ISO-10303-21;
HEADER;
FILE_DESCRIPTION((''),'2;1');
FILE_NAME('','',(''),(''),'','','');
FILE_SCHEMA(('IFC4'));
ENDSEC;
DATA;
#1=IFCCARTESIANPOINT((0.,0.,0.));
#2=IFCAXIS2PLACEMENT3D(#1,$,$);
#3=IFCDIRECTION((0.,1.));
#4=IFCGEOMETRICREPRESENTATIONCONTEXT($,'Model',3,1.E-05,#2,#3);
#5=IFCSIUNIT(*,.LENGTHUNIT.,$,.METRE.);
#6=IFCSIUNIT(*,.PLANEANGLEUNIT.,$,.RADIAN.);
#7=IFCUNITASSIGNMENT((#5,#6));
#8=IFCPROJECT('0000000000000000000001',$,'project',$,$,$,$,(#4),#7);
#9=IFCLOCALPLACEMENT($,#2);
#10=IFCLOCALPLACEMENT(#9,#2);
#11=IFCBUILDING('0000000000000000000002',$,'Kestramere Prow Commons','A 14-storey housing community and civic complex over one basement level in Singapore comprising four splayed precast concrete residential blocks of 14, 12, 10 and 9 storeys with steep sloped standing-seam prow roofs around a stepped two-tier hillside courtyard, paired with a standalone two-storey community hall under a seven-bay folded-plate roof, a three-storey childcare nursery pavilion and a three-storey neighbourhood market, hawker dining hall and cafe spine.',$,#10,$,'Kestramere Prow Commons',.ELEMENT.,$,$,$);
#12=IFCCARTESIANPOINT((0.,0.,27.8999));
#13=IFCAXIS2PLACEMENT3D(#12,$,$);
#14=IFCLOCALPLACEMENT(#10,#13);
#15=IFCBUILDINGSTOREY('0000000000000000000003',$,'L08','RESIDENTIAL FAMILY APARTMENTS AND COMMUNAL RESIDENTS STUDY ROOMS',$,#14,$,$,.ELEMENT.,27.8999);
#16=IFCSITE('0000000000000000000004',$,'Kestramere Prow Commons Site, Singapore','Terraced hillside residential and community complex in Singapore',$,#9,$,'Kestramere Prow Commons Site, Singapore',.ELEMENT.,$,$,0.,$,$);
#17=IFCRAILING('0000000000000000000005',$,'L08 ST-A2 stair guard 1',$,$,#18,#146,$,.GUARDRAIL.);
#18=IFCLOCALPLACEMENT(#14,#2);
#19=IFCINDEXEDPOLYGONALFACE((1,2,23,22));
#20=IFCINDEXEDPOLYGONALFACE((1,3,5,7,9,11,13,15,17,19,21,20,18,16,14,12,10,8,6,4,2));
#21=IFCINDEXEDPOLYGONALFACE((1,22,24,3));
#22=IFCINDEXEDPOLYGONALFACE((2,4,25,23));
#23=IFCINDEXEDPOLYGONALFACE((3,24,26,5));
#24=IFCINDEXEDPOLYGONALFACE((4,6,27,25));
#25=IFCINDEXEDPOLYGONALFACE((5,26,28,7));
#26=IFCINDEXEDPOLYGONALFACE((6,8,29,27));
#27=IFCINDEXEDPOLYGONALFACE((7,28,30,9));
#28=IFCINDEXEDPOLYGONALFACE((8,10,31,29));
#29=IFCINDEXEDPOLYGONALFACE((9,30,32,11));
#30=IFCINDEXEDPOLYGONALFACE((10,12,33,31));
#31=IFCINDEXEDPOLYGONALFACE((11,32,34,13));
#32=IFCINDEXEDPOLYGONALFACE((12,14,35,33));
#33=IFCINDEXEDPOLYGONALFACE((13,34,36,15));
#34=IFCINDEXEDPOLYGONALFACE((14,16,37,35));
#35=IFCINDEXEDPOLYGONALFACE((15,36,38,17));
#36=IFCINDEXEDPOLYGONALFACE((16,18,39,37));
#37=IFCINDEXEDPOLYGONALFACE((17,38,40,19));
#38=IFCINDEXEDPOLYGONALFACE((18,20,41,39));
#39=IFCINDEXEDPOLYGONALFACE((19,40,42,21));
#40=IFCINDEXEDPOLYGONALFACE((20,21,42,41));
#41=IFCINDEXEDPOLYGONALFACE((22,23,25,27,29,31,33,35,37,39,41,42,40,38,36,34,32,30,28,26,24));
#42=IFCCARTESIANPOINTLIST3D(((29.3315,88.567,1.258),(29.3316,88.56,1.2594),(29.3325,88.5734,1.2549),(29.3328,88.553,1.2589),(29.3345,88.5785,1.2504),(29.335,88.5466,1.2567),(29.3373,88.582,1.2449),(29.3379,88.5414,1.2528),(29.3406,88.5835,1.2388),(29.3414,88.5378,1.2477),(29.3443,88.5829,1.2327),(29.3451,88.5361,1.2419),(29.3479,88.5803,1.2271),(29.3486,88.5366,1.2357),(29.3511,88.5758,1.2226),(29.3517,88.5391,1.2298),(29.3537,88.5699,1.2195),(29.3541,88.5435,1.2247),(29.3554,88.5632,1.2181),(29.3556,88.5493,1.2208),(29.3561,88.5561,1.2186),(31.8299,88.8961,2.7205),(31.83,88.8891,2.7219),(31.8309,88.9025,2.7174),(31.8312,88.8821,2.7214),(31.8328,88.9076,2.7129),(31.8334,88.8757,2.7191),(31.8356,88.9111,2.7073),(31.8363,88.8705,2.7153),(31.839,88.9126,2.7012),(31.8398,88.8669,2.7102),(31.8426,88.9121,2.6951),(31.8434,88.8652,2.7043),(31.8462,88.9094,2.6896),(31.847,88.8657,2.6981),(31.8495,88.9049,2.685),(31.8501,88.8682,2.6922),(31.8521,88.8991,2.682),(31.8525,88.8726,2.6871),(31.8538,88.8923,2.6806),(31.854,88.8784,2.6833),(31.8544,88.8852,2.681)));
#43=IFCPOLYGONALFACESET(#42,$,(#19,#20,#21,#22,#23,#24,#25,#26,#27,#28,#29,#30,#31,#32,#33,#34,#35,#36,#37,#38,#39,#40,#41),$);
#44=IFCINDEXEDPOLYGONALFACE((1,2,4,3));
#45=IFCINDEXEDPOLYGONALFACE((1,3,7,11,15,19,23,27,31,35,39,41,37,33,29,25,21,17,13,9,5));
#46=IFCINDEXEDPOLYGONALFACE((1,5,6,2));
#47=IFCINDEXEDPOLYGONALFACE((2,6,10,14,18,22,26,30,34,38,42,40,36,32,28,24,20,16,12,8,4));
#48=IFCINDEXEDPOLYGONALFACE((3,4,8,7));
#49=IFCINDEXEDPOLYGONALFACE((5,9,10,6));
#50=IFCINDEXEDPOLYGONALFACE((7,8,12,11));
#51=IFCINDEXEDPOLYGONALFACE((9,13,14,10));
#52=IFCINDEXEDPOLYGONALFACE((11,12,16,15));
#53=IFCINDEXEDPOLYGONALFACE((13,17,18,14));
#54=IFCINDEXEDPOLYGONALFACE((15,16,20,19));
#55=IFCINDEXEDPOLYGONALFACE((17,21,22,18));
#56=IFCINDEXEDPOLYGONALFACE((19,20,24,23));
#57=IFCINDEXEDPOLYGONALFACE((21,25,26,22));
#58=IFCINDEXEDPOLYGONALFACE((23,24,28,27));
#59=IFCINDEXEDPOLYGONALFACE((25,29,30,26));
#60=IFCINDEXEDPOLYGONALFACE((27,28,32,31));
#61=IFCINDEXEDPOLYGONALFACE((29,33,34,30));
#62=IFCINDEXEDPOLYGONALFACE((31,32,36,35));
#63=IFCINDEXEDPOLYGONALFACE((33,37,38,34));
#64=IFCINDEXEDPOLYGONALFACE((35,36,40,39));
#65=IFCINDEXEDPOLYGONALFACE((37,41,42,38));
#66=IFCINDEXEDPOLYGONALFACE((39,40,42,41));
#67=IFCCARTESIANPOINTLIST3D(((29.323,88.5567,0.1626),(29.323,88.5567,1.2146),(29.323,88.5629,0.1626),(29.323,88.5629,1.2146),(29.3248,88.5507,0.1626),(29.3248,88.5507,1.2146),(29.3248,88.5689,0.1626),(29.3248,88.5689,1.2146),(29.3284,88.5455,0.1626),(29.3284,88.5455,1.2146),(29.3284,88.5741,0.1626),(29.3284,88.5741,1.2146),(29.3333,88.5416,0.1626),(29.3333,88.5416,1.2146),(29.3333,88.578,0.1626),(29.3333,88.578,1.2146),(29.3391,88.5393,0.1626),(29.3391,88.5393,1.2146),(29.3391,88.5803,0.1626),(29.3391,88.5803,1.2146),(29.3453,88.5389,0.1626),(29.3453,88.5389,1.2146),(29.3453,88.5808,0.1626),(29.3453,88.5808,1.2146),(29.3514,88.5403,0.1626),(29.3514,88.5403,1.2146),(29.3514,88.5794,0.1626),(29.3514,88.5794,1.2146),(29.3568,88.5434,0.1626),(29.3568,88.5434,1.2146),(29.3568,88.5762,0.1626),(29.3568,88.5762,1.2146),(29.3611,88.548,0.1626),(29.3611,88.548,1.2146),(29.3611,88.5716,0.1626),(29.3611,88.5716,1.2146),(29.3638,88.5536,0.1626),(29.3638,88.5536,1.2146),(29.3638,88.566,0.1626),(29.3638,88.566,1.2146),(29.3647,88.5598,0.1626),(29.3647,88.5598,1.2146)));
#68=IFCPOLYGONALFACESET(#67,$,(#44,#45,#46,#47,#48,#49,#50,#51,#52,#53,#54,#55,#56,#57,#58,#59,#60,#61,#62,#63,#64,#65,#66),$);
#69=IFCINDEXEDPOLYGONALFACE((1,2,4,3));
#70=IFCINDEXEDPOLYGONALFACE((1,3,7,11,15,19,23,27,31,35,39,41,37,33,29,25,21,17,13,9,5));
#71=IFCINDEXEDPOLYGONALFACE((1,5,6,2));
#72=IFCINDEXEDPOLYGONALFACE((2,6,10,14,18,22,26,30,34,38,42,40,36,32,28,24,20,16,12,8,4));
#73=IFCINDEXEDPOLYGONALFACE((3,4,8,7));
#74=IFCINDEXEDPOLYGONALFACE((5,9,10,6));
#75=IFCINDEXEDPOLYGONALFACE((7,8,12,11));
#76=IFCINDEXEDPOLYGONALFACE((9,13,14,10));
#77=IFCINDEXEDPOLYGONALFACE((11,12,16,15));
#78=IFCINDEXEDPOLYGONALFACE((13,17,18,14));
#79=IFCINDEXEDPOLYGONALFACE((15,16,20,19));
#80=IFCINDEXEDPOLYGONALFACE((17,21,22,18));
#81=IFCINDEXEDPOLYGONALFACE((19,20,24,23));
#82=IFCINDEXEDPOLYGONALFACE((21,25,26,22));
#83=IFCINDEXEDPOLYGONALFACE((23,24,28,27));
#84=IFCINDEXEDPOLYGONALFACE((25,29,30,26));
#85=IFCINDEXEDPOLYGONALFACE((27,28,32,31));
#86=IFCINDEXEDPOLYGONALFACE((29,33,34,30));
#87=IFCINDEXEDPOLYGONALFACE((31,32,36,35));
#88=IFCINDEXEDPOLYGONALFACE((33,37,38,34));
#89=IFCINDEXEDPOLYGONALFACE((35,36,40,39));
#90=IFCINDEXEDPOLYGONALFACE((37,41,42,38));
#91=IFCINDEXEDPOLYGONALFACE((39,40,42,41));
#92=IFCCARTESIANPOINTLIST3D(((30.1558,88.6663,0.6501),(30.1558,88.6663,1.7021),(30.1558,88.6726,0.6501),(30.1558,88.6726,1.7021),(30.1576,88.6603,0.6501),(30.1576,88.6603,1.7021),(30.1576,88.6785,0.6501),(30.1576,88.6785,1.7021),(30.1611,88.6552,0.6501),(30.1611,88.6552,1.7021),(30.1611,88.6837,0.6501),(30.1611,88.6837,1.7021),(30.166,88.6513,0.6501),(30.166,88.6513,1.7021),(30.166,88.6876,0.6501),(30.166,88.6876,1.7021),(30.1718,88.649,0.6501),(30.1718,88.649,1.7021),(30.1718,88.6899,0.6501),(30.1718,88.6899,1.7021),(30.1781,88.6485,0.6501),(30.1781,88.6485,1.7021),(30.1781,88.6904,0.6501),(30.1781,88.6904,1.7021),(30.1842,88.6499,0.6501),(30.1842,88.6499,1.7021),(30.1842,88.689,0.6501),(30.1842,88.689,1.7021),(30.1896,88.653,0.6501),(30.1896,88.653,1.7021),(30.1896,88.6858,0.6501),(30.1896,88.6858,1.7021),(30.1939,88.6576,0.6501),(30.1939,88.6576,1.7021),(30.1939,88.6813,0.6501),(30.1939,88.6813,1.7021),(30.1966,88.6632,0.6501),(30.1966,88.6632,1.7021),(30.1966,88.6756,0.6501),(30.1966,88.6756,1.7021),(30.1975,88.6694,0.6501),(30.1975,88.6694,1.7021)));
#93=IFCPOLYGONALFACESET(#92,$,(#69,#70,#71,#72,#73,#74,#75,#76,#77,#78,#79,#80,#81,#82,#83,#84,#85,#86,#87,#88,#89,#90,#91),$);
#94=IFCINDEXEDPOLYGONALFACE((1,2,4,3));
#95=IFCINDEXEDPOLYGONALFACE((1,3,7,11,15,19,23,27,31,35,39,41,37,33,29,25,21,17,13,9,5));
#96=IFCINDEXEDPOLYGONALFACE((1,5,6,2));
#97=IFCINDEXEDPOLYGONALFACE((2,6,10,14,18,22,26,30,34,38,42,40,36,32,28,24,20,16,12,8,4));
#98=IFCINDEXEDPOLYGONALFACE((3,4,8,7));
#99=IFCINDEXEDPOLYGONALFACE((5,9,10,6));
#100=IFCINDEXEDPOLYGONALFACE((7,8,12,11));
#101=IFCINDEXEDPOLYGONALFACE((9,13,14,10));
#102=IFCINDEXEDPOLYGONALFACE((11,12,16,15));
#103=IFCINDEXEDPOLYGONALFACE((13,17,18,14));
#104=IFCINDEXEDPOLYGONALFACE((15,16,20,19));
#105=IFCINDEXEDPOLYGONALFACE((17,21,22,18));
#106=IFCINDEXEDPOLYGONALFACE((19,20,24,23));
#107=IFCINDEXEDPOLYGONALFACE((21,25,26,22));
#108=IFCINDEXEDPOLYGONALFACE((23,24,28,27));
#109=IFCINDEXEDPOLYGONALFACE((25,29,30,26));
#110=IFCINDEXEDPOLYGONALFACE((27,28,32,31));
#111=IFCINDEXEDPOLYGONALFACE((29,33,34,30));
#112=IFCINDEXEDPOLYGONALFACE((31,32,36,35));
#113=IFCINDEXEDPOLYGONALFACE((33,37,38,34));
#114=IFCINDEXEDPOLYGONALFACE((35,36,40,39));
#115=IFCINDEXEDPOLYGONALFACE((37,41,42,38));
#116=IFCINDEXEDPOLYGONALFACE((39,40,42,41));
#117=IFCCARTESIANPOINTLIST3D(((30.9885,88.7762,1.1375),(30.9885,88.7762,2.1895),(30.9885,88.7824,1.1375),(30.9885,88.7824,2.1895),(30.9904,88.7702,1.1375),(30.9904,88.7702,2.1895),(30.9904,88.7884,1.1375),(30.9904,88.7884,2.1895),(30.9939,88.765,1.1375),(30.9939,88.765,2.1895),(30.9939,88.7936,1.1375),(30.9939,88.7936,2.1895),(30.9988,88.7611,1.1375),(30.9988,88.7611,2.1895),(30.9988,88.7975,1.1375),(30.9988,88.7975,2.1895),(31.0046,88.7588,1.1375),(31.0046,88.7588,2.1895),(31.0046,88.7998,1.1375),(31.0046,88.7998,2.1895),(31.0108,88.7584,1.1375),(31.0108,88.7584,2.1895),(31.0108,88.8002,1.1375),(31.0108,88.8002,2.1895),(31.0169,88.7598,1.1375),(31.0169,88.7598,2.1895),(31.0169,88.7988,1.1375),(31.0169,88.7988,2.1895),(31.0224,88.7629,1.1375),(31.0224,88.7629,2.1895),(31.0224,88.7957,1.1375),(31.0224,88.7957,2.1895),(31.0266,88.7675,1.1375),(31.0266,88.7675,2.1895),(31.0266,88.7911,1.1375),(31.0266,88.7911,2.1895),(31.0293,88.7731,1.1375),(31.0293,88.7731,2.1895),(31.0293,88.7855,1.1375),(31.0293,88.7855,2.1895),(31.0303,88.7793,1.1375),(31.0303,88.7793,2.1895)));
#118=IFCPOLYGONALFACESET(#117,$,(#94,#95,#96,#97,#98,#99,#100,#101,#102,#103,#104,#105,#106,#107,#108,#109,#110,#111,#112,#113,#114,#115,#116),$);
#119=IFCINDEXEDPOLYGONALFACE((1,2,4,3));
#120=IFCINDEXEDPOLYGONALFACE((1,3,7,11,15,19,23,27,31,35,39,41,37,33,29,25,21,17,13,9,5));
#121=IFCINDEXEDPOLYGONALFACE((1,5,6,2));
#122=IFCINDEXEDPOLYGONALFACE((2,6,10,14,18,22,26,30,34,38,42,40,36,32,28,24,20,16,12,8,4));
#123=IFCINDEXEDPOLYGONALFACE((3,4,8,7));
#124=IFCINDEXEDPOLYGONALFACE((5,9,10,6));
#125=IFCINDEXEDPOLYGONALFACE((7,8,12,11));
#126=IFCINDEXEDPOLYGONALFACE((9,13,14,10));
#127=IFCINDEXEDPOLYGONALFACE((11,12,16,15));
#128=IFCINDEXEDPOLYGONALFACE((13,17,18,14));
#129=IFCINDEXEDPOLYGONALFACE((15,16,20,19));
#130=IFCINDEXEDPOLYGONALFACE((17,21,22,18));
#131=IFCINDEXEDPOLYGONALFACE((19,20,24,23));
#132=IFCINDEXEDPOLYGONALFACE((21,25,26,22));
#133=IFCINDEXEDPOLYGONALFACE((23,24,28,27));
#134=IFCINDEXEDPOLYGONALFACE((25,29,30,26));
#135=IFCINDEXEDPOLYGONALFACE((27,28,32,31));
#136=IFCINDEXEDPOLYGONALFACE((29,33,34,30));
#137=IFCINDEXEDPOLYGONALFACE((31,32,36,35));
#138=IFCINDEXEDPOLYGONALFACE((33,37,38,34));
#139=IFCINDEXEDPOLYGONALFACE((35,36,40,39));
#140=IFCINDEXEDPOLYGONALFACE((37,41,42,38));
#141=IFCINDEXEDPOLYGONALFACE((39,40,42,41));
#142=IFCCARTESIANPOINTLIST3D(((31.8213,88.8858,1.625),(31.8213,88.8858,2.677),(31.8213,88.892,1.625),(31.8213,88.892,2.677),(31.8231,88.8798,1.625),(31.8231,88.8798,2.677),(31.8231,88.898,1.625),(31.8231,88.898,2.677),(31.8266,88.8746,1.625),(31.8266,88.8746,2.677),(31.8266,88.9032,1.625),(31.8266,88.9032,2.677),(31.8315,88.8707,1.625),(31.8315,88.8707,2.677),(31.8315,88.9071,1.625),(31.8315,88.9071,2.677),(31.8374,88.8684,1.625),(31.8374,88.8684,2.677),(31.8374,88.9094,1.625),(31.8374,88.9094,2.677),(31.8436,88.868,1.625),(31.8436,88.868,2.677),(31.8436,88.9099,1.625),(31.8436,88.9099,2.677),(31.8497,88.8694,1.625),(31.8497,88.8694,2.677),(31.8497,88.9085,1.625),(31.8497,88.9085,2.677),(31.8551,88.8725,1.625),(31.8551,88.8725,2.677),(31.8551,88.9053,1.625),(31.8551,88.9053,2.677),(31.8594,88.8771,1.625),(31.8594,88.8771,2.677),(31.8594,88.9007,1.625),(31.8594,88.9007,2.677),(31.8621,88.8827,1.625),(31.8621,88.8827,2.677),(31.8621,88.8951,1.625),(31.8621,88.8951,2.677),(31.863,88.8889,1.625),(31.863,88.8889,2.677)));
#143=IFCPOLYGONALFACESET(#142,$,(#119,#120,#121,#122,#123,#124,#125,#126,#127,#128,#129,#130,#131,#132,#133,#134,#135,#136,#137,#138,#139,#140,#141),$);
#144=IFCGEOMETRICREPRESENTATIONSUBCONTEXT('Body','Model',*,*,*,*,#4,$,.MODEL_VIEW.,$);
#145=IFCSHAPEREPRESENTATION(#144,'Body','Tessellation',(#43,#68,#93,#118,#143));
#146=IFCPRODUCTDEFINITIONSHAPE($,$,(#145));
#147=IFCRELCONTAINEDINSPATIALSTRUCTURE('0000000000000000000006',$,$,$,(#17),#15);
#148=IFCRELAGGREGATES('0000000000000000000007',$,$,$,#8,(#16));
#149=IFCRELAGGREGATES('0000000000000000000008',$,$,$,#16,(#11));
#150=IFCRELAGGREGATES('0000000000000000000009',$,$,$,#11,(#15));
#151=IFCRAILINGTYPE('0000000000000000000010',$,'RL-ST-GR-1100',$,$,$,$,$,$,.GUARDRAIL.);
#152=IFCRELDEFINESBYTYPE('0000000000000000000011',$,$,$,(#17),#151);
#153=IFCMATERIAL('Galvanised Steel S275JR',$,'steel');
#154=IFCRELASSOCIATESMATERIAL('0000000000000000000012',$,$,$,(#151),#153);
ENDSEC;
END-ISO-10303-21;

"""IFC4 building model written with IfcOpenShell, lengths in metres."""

from ifc_helpers import new_model, si_unit, direction, frame, origin, origin_2d, place, context, subcontext, project, spatial, circle, extrude, material, type_object, element, save


model = new_model("IFC4")

# Units and contexts
model_context = context("Model", 3, precision=1e-05, world=origin(), true_north=direction((0.0, 1.0)))
body_context = subcontext(model_context, "Body", "Model", "MODEL_VIEW")
ifc_project = project(units=[si_unit("LENGTHUNIT", "METRE"), si_unit("PLANEANGLEUNIT", "RADIAN")], contexts=[model_context])

# Site, building, storey
site_placement = place(None, origin())
site = spatial("IfcSite", under=ifc_project, at=site_placement, Name="Kestramere Prow Commons Site, Singapore", Description="Terraced hillside residential and community complex in Singapore", LongName="Kestramere Prow Commons Site, Singapore", CompositionType="ELEMENT", RefElevation=0.0)
building_placement = place(site_placement, origin())
building = spatial("IfcBuilding", under=site, at=building_placement, Name="Kestramere Prow Commons", Description="A 14-storey housing community and civic complex over one basement level in Singapore comprising four splayed precast concrete residential blocks of 14, 12, 10 and 9 storeys with steep sloped standing-seam prow roofs around a stepped two-tier hillside courtyard, paired with a standalone two-storey community hall under a seven-bay folded-plate roof, a three-storey childcare nursery pavilion and a three-storey neighbourhood market, hawker dining hall and cafe spine.", LongName="Kestramere Prow Commons", CompositionType="ELEMENT")
storey_placement = place(building_placement, frame((0.0, 0.0, 27.8999)))
storey = spatial("IfcBuildingStorey", under=building, at=storey_placement, Name="L08", Description="RESIDENTIAL FAMILY APARTMENTS AND COMMUNAL RESIDENTS STUDY ROOMS", CompositionType="ELEMENT", Elevation=27.8999)

# Railing
ifc_material_1 = material(Name="Galvanised Steel S275JR", Category="steel")
railing_type_1 = type_object("IfcRailingType", Name="RL-ST-GR-1100", PredefinedType="GUARDRAIL", material=ifc_material_1)
railing_1_placement = place(storey_placement, frame((29.3438, 88.5598, 0.1626)))
element("IfcRailing", 1, at=railing_1_placement, inside=storey, type_object=railing_type_1, Name="L08 ST-A2 stair guard 1", PredefinedType="GUARDRAIL", context=body_context, shape_type="SweptSolid", body=[
    extrude(circle(Radius=0.0239, at=origin_2d()), frame((0.0, 0.0, 1.0762), z_axis=(0.857493, 0.112958, 0.501943), x_axis=(-0.130602, 0.991435, 0.0)), (0.0, 0.0, 1.0), 2.9136),
    extrude(circle(Radius=0.021, at=origin_2d()), origin(), (0.0, 0.0, 1.0), 1.052),
    extrude(circle(Radius=0.021, at=origin_2d()), frame((0.8328, 0.1096, 0.4875)), (0.0, 0.0, 1.0), 1.052),
    extrude(circle(Radius=0.021, at=origin_2d()), frame((1.6655, 0.2195, 0.9749)), (0.0, 0.0, 1.0), 1.052),
    extrude(circle(Radius=0.021, at=origin_2d()), frame((2.4983, 0.3291, 1.4624)), (0.0, 0.0, 1.0), 1.052),
])

save(model, "model.ifc")
